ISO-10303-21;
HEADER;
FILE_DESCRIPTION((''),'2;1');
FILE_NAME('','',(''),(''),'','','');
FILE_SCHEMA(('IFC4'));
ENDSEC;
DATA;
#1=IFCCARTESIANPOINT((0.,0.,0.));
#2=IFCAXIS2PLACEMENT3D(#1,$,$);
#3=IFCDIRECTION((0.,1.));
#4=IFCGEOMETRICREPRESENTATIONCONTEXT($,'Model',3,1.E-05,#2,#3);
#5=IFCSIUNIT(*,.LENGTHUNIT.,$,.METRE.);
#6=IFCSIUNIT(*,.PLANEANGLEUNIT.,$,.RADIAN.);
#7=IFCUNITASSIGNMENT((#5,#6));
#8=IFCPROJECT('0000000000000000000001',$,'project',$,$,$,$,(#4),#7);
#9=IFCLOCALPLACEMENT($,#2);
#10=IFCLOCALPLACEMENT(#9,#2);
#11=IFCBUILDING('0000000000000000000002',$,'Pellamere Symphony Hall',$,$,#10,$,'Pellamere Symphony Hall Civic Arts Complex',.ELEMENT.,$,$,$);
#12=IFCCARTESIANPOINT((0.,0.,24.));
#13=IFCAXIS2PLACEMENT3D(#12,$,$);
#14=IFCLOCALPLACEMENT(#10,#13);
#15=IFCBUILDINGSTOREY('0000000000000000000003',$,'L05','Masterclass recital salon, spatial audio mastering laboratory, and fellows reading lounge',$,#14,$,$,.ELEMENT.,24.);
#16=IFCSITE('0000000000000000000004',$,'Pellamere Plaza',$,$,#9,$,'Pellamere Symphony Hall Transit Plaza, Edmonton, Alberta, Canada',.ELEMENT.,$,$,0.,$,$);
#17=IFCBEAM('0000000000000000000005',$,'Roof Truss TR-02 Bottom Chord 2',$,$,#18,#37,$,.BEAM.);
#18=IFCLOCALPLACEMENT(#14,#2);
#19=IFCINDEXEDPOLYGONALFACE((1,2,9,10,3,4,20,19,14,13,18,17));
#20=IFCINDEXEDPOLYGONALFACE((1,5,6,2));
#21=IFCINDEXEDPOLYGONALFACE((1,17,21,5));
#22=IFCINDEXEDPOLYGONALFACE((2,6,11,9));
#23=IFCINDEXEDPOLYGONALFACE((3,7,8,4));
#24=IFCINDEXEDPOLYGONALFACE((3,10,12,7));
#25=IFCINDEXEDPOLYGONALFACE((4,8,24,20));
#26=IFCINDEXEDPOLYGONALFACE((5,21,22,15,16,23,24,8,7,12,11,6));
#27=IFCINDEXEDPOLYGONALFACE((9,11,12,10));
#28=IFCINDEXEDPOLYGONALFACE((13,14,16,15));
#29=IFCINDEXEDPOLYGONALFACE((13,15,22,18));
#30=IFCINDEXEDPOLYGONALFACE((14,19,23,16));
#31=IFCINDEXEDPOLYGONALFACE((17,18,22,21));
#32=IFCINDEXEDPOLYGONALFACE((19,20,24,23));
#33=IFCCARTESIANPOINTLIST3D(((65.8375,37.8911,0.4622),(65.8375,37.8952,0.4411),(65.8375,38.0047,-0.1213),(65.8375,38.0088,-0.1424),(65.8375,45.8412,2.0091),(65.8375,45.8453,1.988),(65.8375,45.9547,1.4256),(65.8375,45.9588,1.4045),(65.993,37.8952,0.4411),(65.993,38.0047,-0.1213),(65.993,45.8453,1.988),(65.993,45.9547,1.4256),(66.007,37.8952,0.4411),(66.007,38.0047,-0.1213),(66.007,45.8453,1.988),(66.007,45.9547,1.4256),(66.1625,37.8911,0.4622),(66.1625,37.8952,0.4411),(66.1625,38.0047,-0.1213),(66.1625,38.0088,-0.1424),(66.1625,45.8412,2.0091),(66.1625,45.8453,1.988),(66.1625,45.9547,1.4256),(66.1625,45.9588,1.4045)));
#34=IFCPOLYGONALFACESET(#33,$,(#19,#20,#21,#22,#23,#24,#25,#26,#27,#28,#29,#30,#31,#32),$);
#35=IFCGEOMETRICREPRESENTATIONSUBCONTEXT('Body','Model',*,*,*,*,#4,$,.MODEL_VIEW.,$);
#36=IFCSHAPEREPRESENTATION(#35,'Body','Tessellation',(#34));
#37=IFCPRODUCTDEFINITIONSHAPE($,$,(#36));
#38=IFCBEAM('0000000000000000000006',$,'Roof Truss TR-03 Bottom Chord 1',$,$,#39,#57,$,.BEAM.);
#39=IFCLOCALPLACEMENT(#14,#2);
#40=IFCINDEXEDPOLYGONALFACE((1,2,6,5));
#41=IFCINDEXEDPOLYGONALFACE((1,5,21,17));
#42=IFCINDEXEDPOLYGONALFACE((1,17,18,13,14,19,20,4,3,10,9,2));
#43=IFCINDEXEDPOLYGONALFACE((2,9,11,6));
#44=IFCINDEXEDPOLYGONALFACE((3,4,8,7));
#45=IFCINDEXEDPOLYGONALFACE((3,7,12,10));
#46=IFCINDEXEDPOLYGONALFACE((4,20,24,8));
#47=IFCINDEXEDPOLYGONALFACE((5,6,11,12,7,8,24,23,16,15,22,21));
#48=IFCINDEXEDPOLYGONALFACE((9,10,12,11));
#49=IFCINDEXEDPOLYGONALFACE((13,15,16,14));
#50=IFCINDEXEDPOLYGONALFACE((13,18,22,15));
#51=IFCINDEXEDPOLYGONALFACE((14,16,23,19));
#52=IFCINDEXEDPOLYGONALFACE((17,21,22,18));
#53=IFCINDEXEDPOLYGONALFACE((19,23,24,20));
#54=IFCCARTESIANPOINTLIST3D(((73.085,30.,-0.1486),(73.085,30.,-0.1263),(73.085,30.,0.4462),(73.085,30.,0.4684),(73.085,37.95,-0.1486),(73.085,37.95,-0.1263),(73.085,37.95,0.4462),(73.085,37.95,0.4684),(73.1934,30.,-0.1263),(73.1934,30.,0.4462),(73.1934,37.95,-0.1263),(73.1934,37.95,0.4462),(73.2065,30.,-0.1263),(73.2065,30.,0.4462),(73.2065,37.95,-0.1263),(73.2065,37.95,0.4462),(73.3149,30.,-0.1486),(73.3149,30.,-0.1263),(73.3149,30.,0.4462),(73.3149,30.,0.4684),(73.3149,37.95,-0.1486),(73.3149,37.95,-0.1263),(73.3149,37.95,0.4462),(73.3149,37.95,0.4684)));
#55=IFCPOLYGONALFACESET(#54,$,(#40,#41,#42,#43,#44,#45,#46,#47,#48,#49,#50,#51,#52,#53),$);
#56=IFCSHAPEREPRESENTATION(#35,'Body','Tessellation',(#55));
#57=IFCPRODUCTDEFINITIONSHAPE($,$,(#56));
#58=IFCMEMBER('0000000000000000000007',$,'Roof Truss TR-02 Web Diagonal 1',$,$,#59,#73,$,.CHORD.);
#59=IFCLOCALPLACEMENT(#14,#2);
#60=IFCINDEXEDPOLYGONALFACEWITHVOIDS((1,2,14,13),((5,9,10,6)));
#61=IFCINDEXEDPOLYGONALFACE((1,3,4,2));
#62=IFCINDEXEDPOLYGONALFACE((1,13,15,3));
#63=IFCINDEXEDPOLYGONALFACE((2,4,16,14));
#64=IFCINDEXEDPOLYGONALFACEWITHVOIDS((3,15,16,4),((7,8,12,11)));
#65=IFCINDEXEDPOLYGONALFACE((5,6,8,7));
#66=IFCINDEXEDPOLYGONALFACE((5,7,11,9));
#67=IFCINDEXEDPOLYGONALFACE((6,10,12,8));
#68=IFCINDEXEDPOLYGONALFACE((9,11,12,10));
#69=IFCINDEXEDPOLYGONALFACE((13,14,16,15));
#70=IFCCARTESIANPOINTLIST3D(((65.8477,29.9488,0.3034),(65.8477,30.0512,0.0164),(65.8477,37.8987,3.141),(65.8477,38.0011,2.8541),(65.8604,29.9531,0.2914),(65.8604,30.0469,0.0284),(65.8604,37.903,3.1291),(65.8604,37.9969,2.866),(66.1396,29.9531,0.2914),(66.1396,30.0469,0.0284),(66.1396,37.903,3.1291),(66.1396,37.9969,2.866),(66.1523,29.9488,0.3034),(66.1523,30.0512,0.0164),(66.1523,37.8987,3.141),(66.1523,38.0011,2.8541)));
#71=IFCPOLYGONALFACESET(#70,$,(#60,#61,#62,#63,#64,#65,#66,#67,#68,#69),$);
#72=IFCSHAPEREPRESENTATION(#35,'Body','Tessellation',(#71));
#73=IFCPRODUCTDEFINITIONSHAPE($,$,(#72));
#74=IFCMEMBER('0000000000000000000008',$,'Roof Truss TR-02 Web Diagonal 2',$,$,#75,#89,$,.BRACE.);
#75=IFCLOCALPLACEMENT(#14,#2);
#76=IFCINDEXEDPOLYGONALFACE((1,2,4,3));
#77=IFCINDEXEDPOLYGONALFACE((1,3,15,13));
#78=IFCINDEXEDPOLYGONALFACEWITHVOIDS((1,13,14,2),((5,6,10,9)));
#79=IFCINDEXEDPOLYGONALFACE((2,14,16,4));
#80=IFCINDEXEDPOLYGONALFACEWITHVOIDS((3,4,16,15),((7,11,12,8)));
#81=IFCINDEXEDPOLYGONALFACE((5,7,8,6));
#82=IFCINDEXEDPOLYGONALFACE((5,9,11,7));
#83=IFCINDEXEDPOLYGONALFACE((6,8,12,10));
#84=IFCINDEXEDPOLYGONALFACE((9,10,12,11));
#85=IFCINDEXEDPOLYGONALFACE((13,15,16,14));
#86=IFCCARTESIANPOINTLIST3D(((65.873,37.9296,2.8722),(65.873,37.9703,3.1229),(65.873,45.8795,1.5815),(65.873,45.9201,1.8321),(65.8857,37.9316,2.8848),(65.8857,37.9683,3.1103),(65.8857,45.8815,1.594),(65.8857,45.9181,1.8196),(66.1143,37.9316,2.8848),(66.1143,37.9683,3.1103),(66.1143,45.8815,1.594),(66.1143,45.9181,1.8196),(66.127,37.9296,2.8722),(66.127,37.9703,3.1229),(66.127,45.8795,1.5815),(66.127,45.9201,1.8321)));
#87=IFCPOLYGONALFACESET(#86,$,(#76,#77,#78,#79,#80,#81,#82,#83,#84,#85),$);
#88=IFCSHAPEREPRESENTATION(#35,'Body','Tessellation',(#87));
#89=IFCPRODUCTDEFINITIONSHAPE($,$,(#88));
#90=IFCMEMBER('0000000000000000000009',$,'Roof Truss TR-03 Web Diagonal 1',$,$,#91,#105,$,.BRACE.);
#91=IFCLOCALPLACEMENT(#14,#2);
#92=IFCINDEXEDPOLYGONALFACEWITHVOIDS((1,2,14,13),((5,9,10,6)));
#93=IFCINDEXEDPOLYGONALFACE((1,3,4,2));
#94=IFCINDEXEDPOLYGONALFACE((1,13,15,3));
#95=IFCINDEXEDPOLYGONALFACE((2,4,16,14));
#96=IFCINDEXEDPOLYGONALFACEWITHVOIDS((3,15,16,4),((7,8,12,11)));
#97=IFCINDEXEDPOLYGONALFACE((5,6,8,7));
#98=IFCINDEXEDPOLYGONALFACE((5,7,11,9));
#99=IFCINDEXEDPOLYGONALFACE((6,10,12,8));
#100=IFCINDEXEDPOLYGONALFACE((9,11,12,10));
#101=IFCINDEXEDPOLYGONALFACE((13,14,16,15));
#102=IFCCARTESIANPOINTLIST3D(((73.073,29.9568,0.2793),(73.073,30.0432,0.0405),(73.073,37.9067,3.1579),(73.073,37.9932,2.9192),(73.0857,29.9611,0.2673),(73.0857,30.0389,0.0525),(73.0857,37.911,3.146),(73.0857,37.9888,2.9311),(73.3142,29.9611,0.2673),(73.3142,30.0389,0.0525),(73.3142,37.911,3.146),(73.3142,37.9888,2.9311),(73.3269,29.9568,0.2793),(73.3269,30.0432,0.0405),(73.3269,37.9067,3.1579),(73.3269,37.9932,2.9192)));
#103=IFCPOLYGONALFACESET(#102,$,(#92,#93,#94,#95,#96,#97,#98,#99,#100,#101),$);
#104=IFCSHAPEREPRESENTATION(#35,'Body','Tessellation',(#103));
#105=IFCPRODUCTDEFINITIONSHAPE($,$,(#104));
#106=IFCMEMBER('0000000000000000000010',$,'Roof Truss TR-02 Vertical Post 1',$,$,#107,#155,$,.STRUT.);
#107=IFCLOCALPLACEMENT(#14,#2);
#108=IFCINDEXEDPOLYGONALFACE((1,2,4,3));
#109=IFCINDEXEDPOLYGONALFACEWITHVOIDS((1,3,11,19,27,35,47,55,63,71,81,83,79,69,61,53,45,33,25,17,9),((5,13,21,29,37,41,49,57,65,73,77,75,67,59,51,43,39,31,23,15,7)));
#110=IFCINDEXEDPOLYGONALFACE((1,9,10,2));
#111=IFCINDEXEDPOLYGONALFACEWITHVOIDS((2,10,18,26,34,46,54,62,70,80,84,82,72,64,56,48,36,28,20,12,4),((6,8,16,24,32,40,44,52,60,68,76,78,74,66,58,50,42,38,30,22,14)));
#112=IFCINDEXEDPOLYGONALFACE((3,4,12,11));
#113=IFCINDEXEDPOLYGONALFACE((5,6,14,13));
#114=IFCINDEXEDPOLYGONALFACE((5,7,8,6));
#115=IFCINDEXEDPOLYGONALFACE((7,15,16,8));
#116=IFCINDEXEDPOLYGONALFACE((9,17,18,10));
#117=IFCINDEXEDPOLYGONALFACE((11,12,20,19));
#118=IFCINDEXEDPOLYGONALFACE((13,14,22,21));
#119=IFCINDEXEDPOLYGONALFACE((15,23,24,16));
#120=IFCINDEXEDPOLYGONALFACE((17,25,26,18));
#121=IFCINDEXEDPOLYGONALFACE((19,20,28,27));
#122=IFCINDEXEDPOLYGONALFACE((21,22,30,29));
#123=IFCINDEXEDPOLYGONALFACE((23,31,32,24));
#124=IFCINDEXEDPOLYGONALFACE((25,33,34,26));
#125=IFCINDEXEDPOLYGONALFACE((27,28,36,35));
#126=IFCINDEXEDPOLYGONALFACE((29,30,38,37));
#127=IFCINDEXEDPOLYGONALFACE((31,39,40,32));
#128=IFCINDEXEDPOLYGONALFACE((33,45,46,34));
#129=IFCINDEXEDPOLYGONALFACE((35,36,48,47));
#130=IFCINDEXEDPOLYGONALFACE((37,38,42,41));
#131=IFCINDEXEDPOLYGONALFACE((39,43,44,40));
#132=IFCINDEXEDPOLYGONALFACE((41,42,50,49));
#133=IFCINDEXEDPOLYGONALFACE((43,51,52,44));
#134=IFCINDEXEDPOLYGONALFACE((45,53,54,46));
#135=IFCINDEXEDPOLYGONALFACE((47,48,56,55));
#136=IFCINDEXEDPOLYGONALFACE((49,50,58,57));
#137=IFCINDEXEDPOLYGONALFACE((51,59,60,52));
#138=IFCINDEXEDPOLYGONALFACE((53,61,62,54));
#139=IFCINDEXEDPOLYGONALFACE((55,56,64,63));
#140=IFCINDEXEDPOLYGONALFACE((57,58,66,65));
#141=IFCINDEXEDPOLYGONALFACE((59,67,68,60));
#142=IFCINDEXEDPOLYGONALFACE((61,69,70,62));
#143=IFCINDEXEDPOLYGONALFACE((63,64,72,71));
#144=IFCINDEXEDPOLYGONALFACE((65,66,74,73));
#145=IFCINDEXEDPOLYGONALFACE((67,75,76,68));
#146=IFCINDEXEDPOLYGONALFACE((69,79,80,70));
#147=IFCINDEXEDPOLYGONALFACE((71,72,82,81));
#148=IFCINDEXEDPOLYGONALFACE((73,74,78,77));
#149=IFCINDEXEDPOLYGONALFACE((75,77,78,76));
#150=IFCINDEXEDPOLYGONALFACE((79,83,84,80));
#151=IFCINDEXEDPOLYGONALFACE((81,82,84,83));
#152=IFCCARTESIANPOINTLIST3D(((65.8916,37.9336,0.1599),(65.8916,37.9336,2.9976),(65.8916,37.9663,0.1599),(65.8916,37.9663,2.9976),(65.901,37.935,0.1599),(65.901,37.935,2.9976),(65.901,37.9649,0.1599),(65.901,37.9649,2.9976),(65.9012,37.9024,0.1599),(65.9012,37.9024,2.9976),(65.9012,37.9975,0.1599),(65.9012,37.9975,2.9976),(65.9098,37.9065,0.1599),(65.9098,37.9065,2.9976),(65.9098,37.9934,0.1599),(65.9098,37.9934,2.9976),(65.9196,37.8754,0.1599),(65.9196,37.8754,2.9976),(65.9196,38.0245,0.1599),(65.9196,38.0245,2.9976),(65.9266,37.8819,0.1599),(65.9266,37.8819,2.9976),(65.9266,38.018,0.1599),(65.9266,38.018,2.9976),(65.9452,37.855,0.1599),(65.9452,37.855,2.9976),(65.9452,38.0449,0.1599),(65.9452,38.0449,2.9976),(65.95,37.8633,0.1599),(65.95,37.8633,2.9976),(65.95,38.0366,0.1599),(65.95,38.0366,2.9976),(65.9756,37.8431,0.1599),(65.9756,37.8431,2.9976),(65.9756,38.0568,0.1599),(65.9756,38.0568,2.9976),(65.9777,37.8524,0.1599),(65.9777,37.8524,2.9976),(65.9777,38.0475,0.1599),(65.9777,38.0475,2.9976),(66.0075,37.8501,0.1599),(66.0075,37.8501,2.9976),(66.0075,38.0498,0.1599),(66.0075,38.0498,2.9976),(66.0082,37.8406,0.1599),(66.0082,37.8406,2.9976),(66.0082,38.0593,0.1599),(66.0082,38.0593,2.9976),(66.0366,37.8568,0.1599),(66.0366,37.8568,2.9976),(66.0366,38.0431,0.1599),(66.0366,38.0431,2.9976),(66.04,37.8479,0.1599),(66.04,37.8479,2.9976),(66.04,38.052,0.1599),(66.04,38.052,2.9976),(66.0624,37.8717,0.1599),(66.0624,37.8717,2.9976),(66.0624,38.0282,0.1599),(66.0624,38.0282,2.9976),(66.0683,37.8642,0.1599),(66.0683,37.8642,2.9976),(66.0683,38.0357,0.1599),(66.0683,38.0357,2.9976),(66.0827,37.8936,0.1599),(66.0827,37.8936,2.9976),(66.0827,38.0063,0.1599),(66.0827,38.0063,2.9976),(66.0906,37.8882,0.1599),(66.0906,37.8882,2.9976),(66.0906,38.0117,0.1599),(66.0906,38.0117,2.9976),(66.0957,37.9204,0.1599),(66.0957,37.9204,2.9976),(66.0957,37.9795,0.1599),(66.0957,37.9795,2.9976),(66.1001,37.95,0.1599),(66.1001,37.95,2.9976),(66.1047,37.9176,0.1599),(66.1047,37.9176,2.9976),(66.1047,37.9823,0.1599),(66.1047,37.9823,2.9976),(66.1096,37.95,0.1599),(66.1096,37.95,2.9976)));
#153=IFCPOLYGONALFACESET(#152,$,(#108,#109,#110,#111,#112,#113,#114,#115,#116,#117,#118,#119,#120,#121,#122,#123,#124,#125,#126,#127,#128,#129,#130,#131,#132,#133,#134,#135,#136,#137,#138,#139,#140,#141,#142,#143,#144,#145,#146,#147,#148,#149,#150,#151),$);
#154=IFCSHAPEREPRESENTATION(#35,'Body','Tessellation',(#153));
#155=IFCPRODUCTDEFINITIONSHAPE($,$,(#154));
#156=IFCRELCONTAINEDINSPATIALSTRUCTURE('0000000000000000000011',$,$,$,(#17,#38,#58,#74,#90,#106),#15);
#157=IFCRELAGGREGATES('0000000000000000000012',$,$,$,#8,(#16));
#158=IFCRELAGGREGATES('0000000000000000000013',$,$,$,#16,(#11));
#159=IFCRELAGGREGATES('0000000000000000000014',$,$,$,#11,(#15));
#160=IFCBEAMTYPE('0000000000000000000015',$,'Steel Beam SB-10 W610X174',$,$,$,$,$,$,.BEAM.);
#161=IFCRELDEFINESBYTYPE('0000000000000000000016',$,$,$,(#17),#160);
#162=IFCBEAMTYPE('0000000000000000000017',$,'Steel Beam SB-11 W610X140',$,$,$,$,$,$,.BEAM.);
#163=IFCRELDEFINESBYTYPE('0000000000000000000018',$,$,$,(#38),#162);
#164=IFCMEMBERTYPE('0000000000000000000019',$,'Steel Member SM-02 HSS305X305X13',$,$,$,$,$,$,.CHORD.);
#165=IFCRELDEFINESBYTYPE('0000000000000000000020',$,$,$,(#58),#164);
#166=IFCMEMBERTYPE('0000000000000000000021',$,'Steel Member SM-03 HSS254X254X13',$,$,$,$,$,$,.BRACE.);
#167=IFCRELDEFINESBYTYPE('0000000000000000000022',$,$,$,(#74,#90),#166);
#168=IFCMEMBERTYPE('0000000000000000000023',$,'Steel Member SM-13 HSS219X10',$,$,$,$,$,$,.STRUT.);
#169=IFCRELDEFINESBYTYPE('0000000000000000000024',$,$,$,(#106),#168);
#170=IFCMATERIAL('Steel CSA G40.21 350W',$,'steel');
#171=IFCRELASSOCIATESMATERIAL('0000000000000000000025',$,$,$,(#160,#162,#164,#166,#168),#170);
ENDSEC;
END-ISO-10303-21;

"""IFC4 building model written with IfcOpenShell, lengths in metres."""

from ifc_helpers import new_model, si_unit, direction, frame, origin, origin_2d, place, context, subcontext, project, spatial, hollow_rectangle, hollow_circle, i_section, extrude, material, material_profile, profile_set, type_object, element, save


model = new_model("IFC4")

# Units and contexts
model_context = context("Model", 3, precision=1e-05, world=origin(), true_north=direction((0.0, 1.0)))
body_context = subcontext(model_context, "Body", "Model", "MODEL_VIEW")
ifc_project = project(units=[si_unit("LENGTHUNIT", "METRE"), si_unit("PLANEANGLEUNIT", "RADIAN")], contexts=[model_context])

# Site, building, storey
site_placement = place(None, origin())
site = spatial("IfcSite", under=ifc_project, at=site_placement, Name="Pellamere Plaza", LongName="Pellamere Symphony Hall Transit Plaza, Edmonton, Alberta, Canada", CompositionType="ELEMENT", RefElevation=0.0)
building_placement = place(site_placement, origin())
building = spatial("IfcBuilding", under=site, at=building_placement, Name="Pellamere Symphony Hall", LongName="Pellamere Symphony Hall Civic Arts Complex", CompositionType="ELEMENT")
storey_placement = place(building_placement, frame((0.0, 0.0, 24.0)))
storey = spatial("IfcBuildingStorey", under=building, at=storey_placement, Name="L05", Description="Masterclass recital salon, spatial audio mastering laboratory, and fellows reading lounge", CompositionType="ELEMENT", Elevation=24.0)

# Beams
ifc_material_1 = material(Name="Steel CSA G40.21 350W", Category="steel")
ifc_material_profile_1 = material_profile(ifc_material_1, i_section(OverallWidth=0.325, OverallDepth=0.616, WebThickness=0.0139, FlangeThickness=0.0215, at=origin_2d()), Name="W610X174")
ifc_profile_set_1 = profile_set([ifc_material_profile_1], Name="Steel CSA G40.21 350W")
beam_type_1 = type_object("IfcBeamType", Name="Steel Beam SB-10 W610X174", PredefinedType="BEAM", material=ifc_profile_set_1)
beam_1_placement = place(storey_placement, frame((66.0, 37.95, 0.1599), z_axis=(0.0, 0.981591, 0.190995), x_axis=(-1.0, 0.0, 0.0)))
element("IfcBeam", 1, at=beam_1_placement, inside=storey, type_object=beam_type_1, Name="Roof Truss TR-02 Bottom Chord 2", PredefinedType="BEAM", context=body_context, shape_type="SweptSolid", body=[
    extrude(i_section(OverallWidth=0.325, OverallDepth=0.616, WebThickness=0.0139, FlangeThickness=0.0215, at=origin_2d()), origin(), (0.0, 0.0, 1.0), 8.0991),
])
ifc_material_profile_2 = material_profile(ifc_material_1, i_section(OverallWidth=0.23, OverallDepth=0.6169, WebThickness=0.0132, FlangeThickness=0.0222, at=origin_2d()), Name="W610X140")
ifc_profile_set_2 = profile_set([ifc_material_profile_2], Name="Steel CSA G40.21 350W")
beam_type_2 = type_object("IfcBeamType", Name="Steel Beam SB-11 W610X140", PredefinedType="BEAM", material=ifc_profile_set_2)
beam_2_placement = place(storey_placement, frame((73.2, 30.0, 0.1599), z_axis=(0.0, 1.0, 0.0), x_axis=(-1.0, 0.0, 0.0)))
element("IfcBeam", 2, at=beam_2_placement, inside=storey, type_object=beam_type_2, Name="Roof Truss TR-03 Bottom Chord 1", PredefinedType="BEAM", context=body_context, shape_type="SweptSolid", body=[
    extrude(i_section(OverallWidth=0.23, OverallDepth=0.6169, WebThickness=0.0132, FlangeThickness=0.0222, at=origin_2d()), origin(), (0.0, 0.0, 1.0), 7.95),
])

# Members
ifc_material_profile_3 = material_profile(ifc_material_1, hollow_rectangle(XDim=0.3047, YDim=0.3047, WallThickness=0.0127, at=origin_2d()), Name="HSS305X305X13")
ifc_profile_set_3 = profile_set([ifc_material_profile_3], Name="Steel CSA G40.21 350W")
member_type_1 = type_object("IfcMemberType", Name="Steel Member SM-02 HSS305X305X13", PredefinedType="CHORD", material=ifc_profile_set_3)
member_1_placement = place(storey_placement, frame((66.0, 30.0, 0.1599), z_axis=(0.0, 0.941803, 0.336166), x_axis=(-1.0, 0.0, 0.0)))
element("IfcMember", 3, at=member_1_placement, inside=storey, type_object=member_type_1, Name="Roof Truss TR-02 Web Diagonal 1", PredefinedType="CHORD", context=body_context, shape_type="SweptSolid", body=[
    extrude(hollow_rectangle(XDim=0.3047, YDim=0.3047, WallThickness=0.0127, at=origin_2d()), origin(), (0.0, 0.0, 1.0), 8.4412),
])
ifc_material_profile_4 = material_profile(ifc_material_1, hollow_rectangle(XDim=0.2539, YDim=0.2539, WallThickness=0.0127, at=origin_2d()), Name="HSS254X254X13")
ifc_profile_set_4 = profile_set([ifc_material_profile_4], Name="Steel CSA G40.21 350W")
member_type_2 = type_object("IfcMemberType", Name="Steel Member SM-03 HSS254X254X13", PredefinedType="BRACE", material=ifc_profile_set_4)
member_2_placement = place(storey_placement, frame((66.0, 37.95, 2.9976), z_axis=(0.0, 0.987074, -0.160264), x_axis=(-1.0, 0.0, 0.0)))
element("IfcMember", 4, at=member_2_placement, inside=storey, type_object=member_type_2, Name="Roof Truss TR-02 Web Diagonal 2", PredefinedType="BRACE", context=body_context, shape_type="SweptSolid", body=[
    extrude(hollow_rectangle(XDim=0.2539, YDim=0.2539, WallThickness=0.0127, at=origin_2d()), origin(), (0.0, 0.0, 1.0), 8.054),
])
member_3_placement = place(storey_placement, frame((73.2, 30.0, 0.1599), z_axis=(0.0, 0.940257, 0.340465), x_axis=(-1.0, 0.0, 0.0)))
element("IfcMember", 5, at=member_3_placement, inside=storey, type_object=member_type_2, Name="Roof Truss TR-03 Web Diagonal 1", PredefinedType="BRACE", context=body_context, shape_type="SweptSolid", body=[
    extrude(hollow_rectangle(XDim=0.2539, YDim=0.2539, WallThickness=0.0127, at=origin_2d()), origin(), (0.0, 0.0, 1.0), 8.4551),
])
ifc_material_profile_5 = material_profile(ifc_material_1, hollow_circle(Radius=0.1096, WallThickness=0.0095, at=origin_2d()), Name="HSS219X10")
ifc_profile_set_5 = profile_set([ifc_material_profile_5], Name="Steel CSA G40.21 350W")
member_type_3 = type_object("IfcMemberType", Name="Steel Member SM-13 HSS219X10", PredefinedType="STRUT", material=ifc_profile_set_5)
member_4_placement = place(storey_placement, frame((66.0, 37.95, 0.1599), z_axis=(0.0, 0.0, 1.0), x_axis=(1.0, 0.0, 0.0)))
element("IfcMember", 6, at=member_4_placement, inside=storey, type_object=member_type_3, Name="Roof Truss TR-02 Vertical Post 1", PredefinedType="STRUT", context=body_context, shape_type="SweptSolid", body=[
    extrude(hollow_circle(Radius=0.1096, WallThickness=0.0095, at=origin_2d()), origin(), (0.0, 0.0, 1.0), 2.8376),
])

save(model, "model.ifc")
